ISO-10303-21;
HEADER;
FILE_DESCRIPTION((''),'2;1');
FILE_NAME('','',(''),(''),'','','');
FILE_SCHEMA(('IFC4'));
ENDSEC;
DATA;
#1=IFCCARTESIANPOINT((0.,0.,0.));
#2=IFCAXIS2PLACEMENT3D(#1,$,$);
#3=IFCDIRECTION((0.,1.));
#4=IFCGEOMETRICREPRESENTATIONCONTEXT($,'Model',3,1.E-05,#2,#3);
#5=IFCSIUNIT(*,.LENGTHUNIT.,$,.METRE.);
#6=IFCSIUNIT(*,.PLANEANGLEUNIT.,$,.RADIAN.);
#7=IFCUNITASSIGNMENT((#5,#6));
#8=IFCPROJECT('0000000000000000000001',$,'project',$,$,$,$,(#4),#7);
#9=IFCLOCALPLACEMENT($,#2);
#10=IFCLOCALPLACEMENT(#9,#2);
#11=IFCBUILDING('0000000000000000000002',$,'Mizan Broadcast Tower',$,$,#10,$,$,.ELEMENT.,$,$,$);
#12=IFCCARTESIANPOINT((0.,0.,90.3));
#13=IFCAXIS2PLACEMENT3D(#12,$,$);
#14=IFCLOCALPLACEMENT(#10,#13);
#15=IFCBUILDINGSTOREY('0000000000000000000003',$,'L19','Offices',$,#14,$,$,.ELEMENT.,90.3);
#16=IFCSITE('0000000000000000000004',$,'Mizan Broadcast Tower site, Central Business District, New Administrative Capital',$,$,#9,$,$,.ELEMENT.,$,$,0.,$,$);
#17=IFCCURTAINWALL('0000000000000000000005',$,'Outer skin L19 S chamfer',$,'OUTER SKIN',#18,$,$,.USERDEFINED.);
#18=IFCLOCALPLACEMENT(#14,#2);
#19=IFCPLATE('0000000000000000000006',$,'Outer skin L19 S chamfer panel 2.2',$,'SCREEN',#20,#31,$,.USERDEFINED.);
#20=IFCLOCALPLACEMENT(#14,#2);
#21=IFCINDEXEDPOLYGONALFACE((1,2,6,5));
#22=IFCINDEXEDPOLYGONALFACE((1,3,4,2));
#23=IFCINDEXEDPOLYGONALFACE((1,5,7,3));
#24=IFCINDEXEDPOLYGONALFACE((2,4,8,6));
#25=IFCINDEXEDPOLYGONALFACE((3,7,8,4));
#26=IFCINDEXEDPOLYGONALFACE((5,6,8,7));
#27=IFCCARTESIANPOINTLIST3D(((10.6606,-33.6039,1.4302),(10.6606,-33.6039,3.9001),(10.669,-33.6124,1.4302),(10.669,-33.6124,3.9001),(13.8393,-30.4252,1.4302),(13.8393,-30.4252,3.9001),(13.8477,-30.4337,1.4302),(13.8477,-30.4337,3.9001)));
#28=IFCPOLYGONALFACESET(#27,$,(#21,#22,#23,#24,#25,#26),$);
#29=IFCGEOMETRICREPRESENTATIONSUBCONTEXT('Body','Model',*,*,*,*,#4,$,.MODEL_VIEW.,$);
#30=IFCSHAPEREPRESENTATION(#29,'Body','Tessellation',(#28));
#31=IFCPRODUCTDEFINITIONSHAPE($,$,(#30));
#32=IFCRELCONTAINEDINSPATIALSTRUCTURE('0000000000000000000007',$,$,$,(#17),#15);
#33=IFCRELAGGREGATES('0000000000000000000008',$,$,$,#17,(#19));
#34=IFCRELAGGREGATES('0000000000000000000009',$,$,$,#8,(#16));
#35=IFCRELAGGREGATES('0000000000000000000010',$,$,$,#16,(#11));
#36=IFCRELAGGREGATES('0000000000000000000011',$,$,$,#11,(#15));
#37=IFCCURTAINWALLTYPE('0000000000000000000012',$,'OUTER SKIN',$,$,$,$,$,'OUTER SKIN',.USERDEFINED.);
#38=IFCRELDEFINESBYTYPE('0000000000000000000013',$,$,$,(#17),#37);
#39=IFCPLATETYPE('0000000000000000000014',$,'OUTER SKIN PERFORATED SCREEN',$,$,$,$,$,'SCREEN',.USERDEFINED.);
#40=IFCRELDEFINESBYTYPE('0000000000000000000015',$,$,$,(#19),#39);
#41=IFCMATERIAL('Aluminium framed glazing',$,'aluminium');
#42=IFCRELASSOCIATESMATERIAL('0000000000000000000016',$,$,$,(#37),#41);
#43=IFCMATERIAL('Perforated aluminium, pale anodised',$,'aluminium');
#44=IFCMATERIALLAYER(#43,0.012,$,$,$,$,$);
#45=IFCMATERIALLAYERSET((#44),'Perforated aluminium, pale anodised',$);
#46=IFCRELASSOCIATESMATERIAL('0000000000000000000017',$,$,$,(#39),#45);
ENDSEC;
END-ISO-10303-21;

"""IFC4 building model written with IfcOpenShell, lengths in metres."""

from ifc_helpers import new_model, si_unit, direction, frame, origin, origin_2d, place, context, subcontext, project, spatial, rectangle, extrude, material, layer, layer_set, type_object, element, aggregate, save


model = new_model("IFC4")

# Units and contexts
model_context = context("Model", 3, precision=1e-05, world=origin(), true_north=direction((0.0, 1.0)))
body_context = subcontext(model_context, "Body", "Model", "MODEL_VIEW")
ifc_project = project(units=[si_unit("LENGTHUNIT", "METRE"), si_unit("PLANEANGLEUNIT", "RADIAN")], contexts=[model_context])

# Site, building, storey
site_placement = place(None, origin())
site = spatial("IfcSite", under=ifc_project, at=site_placement, Name="Mizan Broadcast Tower site, Central Business District, New Administrative Capital", CompositionType="ELEMENT", RefElevation=0.0)
building_placement = place(site_placement, origin())
building = spatial("IfcBuilding", under=site, at=building_placement, Name="Mizan Broadcast Tower", CompositionType="ELEMENT")
storey_placement = place(building_placement, frame((0.0, 0.0, 90.3)))
storey = spatial("IfcBuildingStorey", under=building, at=storey_placement, Name="L19", Description="Offices", CompositionType="ELEMENT", Elevation=90.3)

# Shared definitions
ifc_material_1 = material(Name="Aluminium framed glazing", Category="aluminium")
curtain_wall_type_1 = type_object("IfcCurtainWallType", Name="OUTER SKIN", ElementType="OUTER SKIN", PredefinedType="USERDEFINED", material=ifc_material_1)

# Curtain wall
curtain_wall_1_placement = place(storey_placement, origin())
curtain_wall_1 = element("IfcCurtainWall", 1, at=curtain_wall_1_placement, inside=storey, type_object=curtain_wall_type_1, Name="Outer skin L19 S chamfer", ObjectType="OUTER SKIN", PredefinedType="USERDEFINED")

# Plate
ifc_material_2 = material(Name="Perforated aluminium, pale anodised", Category="aluminium")
ifc_layer_1 = layer(ifc_material_2, 0.012)
ifc_layer_set_1 = layer_set([ifc_layer_1], Name="Perforated aluminium, pale anodised")
plate_type_1 = type_object("IfcPlateType", Name="OUTER SKIN PERFORATED SCREEN", ElementType="SCREEN", PredefinedType="USERDEFINED", material=ifc_layer_set_1)
plate_1_placement = place(storey_placement, frame((12.2542, -32.0188, 1.4302), z_axis=(0.0, 0.0, 1.0), x_axis=(0.707107, 0.707107, 0.0)))
plate_1 = element("IfcPlate", 2, at=plate_1_placement, type_object=plate_type_1, Name="Outer skin L19 S chamfer panel 2.2", ObjectType="SCREEN", PredefinedType="USERDEFINED", context=body_context, shape_type="SweptSolid", body=[
    extrude(rectangle(XDim=4.4954, YDim=0.012, at=origin_2d()), origin(), (0.0, 0.0, 1.0), 2.47),
])
aggregate(curtain_wall_1, [plate_1])

save(model, "model.ifc")
